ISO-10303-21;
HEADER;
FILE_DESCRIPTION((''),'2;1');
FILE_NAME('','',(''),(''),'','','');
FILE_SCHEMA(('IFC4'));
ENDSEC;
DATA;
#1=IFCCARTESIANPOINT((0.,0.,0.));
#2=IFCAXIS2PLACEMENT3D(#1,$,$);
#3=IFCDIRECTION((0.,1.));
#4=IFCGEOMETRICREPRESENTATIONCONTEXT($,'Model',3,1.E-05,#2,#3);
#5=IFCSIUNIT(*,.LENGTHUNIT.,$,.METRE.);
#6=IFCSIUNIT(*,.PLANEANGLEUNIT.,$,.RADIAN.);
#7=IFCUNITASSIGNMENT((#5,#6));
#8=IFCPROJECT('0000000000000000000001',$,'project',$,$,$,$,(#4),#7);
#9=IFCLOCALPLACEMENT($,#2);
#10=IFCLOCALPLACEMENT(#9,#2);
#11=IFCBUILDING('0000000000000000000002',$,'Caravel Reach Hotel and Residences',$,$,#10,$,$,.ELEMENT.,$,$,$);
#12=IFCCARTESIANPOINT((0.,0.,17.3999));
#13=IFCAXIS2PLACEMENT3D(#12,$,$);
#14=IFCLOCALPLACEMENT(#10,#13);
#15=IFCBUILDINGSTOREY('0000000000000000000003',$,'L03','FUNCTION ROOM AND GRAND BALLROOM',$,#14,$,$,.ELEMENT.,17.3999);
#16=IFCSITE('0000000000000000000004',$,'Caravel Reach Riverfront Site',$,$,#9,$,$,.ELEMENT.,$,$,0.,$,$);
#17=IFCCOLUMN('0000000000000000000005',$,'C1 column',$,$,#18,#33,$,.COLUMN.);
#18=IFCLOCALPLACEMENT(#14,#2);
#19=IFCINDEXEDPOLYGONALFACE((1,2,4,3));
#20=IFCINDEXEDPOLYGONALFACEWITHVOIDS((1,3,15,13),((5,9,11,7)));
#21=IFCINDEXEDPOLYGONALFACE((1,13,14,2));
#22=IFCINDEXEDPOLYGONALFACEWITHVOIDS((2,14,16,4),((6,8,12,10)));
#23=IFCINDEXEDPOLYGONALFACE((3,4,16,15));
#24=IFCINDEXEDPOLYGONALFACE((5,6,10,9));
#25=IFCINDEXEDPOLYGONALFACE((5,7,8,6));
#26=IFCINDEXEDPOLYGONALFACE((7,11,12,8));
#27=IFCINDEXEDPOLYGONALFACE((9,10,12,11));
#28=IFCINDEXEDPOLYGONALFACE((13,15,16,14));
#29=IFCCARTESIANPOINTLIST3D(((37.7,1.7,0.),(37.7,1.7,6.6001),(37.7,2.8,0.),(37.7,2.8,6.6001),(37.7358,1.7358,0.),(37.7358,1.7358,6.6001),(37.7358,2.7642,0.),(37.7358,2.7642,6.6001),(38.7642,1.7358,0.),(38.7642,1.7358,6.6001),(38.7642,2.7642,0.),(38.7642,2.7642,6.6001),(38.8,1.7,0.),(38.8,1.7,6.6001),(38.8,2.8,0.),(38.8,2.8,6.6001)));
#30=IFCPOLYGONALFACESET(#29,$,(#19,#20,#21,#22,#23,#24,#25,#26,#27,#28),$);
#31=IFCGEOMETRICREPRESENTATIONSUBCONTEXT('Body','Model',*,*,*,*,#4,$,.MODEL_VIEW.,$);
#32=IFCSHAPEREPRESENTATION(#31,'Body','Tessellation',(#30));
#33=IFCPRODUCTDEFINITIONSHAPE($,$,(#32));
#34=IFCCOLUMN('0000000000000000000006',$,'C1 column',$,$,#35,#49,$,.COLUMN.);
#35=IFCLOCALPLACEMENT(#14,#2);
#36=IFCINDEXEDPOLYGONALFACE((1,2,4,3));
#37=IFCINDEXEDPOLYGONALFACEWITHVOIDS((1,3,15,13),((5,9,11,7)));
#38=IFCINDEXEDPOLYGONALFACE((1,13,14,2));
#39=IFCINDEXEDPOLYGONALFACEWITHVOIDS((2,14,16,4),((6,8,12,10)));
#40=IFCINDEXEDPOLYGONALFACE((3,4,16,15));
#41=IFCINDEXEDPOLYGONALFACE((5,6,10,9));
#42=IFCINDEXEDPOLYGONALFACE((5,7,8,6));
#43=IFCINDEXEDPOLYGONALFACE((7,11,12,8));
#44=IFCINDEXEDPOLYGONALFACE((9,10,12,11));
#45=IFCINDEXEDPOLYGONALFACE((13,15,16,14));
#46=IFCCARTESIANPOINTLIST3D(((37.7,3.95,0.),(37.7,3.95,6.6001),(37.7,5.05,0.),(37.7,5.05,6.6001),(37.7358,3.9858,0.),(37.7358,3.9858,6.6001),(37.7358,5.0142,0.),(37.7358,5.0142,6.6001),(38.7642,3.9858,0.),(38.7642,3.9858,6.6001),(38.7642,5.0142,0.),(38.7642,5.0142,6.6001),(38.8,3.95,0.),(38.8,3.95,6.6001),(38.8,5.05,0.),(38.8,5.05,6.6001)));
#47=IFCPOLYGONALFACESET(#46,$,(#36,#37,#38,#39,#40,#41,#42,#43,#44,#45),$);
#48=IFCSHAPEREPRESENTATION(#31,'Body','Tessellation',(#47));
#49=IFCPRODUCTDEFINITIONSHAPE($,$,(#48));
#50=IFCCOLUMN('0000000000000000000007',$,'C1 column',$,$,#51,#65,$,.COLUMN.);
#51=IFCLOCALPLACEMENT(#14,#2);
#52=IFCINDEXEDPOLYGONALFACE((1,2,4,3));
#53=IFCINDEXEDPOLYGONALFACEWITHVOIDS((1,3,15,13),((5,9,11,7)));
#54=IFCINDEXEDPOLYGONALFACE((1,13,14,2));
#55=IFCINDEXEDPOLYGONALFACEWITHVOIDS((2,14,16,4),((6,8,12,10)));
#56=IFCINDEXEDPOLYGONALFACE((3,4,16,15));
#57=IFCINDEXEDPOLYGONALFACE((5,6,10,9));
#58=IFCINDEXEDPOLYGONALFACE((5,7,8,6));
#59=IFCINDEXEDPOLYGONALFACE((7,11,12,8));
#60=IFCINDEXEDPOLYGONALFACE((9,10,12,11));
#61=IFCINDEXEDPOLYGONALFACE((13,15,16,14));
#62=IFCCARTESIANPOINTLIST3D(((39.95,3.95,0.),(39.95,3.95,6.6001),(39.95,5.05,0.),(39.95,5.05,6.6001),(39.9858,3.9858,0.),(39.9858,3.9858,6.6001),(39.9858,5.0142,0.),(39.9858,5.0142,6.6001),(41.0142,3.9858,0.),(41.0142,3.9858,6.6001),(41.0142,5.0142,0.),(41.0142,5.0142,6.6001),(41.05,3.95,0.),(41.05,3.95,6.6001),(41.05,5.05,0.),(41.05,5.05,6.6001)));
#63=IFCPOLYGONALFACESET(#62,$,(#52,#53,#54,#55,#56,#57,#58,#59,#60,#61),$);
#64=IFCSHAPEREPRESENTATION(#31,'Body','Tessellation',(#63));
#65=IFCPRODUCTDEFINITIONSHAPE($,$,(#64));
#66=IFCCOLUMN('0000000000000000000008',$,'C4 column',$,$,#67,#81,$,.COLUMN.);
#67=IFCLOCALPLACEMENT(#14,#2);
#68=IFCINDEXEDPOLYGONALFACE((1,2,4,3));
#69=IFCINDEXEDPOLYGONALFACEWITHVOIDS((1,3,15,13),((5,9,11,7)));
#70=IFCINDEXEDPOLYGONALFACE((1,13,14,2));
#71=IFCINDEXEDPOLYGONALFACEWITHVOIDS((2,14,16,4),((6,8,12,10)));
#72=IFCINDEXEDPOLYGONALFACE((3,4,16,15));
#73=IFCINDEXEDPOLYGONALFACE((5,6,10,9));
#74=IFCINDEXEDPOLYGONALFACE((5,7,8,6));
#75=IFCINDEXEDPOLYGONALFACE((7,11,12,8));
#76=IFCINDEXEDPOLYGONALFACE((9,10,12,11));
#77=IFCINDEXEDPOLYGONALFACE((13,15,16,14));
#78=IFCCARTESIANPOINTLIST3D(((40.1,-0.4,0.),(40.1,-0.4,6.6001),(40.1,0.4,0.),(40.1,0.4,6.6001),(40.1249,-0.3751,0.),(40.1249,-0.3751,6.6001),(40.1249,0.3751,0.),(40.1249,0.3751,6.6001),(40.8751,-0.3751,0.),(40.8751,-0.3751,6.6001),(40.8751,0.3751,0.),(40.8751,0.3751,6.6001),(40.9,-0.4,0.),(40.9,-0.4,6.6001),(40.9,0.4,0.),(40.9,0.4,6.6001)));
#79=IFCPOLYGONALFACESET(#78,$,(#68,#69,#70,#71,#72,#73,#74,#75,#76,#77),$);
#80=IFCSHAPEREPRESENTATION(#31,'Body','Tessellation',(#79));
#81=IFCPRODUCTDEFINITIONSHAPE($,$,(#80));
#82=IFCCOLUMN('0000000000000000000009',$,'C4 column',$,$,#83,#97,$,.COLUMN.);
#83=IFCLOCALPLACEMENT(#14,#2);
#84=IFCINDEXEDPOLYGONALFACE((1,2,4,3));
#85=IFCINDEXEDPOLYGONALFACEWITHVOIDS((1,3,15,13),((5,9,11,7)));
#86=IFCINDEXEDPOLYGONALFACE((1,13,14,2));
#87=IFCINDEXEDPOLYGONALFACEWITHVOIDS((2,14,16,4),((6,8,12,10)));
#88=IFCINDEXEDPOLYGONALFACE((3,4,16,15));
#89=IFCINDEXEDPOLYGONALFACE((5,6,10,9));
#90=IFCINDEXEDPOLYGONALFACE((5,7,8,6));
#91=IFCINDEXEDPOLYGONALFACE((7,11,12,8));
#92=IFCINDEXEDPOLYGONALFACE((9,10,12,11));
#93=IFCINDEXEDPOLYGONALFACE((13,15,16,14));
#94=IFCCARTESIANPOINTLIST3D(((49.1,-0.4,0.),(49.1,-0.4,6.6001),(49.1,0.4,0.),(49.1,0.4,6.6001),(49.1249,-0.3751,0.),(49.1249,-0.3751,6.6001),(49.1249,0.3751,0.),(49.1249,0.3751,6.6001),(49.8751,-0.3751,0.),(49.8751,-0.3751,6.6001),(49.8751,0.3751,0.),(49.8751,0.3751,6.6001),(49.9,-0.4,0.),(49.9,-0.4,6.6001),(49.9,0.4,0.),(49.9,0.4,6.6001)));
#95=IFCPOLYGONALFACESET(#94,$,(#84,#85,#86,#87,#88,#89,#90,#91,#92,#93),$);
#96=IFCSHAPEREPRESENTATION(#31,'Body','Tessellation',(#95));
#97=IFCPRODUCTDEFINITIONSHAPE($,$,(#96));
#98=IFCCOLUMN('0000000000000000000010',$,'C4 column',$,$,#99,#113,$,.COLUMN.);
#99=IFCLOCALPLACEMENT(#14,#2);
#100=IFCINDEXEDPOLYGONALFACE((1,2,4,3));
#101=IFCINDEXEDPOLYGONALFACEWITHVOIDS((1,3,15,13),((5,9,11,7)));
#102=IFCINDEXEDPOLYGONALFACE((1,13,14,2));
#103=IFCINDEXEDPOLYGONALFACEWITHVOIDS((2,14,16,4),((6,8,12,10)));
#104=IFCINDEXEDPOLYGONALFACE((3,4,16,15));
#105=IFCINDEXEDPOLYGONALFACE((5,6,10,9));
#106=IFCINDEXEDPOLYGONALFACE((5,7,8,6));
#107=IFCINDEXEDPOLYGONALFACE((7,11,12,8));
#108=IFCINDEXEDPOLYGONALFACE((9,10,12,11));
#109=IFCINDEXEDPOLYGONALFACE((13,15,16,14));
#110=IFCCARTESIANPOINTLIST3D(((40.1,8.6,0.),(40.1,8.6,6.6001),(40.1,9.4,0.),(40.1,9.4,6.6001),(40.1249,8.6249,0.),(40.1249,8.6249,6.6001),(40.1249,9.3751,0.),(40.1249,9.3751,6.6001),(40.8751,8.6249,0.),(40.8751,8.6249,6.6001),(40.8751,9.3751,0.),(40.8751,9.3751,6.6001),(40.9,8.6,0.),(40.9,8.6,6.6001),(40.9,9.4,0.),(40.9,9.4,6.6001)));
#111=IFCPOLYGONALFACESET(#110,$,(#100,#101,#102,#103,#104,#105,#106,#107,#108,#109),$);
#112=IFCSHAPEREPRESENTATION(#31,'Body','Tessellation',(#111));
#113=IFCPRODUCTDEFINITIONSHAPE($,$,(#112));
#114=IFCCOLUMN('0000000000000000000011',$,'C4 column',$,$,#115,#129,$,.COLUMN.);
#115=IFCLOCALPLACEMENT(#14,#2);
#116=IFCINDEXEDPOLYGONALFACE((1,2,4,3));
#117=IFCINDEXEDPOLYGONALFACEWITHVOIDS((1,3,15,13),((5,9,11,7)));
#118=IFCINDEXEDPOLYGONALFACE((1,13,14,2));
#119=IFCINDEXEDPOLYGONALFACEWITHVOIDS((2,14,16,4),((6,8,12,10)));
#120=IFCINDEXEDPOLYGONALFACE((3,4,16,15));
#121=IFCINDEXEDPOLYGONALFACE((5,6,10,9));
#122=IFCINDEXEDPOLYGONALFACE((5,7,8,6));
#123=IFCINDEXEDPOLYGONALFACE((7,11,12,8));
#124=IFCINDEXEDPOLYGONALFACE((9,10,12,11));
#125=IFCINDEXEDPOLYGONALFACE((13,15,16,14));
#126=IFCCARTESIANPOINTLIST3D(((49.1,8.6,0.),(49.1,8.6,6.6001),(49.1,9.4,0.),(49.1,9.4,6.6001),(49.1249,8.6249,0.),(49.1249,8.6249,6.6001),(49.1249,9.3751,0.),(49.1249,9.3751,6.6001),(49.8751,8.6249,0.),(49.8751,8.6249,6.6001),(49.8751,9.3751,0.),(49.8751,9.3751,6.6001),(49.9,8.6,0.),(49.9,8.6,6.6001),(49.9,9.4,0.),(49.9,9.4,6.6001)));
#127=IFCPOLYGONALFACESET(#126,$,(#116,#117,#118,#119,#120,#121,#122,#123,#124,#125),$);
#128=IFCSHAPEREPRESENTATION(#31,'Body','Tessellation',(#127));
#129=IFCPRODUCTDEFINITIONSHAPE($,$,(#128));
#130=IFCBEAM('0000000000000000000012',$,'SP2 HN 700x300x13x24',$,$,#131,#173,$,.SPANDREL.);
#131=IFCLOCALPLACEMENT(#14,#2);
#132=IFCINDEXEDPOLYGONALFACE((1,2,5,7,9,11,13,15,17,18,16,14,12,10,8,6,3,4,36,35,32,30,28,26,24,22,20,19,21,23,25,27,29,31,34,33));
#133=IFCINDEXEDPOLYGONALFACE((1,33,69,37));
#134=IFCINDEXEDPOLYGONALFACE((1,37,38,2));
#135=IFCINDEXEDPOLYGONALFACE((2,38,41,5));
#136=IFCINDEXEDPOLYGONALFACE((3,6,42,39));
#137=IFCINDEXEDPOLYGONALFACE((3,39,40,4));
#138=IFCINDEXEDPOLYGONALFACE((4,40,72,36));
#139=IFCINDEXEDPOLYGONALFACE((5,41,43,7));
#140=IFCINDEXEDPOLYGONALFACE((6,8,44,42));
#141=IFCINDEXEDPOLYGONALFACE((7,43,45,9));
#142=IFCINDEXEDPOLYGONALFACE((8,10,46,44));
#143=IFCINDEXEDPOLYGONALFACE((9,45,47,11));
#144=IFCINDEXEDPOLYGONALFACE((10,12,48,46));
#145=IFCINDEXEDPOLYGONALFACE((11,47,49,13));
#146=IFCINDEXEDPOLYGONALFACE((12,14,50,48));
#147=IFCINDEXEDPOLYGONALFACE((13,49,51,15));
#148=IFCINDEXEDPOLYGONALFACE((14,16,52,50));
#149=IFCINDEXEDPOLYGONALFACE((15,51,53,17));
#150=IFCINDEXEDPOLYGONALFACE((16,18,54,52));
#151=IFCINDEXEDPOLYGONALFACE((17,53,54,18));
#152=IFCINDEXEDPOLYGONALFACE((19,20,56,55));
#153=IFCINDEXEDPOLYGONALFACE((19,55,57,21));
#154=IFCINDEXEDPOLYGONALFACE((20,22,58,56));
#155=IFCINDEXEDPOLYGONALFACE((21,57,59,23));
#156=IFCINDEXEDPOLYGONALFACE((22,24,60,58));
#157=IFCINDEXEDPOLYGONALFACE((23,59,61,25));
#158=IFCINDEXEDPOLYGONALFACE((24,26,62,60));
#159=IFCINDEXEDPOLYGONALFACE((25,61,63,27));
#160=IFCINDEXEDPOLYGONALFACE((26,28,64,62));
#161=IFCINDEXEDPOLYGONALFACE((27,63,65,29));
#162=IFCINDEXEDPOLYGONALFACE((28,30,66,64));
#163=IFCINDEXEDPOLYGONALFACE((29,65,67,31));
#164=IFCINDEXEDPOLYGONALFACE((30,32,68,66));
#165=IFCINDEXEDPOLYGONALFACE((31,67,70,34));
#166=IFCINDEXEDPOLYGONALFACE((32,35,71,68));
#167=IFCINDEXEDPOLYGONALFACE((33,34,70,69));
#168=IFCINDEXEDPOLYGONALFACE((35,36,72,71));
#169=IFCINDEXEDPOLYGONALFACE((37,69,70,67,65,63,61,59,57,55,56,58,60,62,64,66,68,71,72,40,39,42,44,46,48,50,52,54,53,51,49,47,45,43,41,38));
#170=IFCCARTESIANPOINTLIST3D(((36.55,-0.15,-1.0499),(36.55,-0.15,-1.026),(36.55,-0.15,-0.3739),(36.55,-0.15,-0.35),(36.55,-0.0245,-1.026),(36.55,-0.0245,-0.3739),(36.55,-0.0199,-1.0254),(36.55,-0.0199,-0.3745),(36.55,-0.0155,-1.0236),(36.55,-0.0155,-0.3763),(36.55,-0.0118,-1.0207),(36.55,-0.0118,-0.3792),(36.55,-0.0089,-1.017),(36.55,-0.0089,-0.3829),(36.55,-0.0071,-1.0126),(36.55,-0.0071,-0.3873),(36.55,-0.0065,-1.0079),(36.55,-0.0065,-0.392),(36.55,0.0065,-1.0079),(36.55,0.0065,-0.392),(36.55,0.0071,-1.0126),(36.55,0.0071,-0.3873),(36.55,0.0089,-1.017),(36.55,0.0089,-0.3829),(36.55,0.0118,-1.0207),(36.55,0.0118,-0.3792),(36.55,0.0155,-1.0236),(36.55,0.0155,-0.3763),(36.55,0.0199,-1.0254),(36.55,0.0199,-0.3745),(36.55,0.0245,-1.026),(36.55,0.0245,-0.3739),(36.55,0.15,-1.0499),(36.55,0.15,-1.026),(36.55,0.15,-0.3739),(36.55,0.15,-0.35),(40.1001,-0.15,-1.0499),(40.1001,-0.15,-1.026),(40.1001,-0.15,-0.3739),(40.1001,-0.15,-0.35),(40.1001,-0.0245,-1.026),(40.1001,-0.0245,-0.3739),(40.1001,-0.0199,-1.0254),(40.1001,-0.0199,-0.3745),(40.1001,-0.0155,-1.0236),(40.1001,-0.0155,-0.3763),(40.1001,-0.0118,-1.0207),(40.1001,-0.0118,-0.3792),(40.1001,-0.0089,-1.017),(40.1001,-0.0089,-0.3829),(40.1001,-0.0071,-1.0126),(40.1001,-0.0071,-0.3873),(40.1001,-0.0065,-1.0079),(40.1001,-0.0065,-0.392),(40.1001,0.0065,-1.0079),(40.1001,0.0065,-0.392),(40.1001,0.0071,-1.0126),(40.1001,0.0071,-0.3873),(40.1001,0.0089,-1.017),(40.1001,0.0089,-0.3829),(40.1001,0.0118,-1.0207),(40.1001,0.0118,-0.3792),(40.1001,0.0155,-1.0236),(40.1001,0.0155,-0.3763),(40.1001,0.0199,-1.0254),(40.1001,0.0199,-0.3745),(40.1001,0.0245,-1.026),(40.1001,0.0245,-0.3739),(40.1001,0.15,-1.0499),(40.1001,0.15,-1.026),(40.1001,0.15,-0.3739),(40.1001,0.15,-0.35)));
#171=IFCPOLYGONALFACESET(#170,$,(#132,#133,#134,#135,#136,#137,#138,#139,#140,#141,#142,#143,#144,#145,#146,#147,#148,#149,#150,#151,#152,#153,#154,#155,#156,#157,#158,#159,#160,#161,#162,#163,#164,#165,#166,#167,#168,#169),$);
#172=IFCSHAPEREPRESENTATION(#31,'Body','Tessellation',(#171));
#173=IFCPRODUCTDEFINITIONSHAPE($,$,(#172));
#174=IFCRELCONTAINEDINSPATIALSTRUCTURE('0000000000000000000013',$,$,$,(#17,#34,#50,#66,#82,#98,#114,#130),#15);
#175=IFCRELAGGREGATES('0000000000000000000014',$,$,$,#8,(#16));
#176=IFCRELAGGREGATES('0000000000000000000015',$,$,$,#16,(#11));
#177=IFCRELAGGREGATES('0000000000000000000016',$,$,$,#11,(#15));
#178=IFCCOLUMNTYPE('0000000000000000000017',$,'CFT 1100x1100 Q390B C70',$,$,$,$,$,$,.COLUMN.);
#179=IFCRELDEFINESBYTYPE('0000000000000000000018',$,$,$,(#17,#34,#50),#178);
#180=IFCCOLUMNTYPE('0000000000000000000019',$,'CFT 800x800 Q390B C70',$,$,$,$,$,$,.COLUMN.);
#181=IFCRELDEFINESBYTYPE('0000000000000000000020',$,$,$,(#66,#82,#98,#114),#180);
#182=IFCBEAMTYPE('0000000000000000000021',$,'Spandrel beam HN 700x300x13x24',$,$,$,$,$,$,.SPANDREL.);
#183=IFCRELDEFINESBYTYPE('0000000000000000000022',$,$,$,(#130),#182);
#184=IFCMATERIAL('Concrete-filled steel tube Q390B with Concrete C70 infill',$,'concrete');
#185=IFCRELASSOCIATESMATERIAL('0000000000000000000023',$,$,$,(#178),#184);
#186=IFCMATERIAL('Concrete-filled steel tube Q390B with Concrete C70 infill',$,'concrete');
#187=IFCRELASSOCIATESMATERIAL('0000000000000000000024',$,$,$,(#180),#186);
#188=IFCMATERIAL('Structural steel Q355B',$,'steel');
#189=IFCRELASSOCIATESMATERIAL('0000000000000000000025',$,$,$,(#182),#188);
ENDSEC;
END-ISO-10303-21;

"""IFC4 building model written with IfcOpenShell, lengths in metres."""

from ifc_helpers import new_model, si_unit, direction, frame, origin, origin_2d, place, context, subcontext, project, spatial, hollow_rectangle, i_section, extrude, material, material_profile, profile_set, type_object, element, save


model = new_model("IFC4")

# Units and contexts
model_context = context("Model", 3, precision=1e-05, world=origin(), true_north=direction((0.0, 1.0)))
body_context = subcontext(model_context, "Body", "Model", "MODEL_VIEW")
ifc_project = project(units=[si_unit("LENGTHUNIT", "METRE"), si_unit("PLANEANGLEUNIT", "RADIAN")], contexts=[model_context])

# Site, building, storey
site_placement = place(None, origin())
site = spatial("IfcSite", under=ifc_project, at=site_placement, Name="Caravel Reach Riverfront Site", CompositionType="ELEMENT", RefElevation=0.0)
building_placement = place(site_placement, origin())
building = spatial("IfcBuilding", under=site, at=building_placement, Name="Caravel Reach Hotel and Residences", CompositionType="ELEMENT")
storey_placement = place(building_placement, frame((0.0, 0.0, 17.3999)))
storey = spatial("IfcBuildingStorey", under=building, at=storey_placement, Name="L03", Description="FUNCTION ROOM AND GRAND BALLROOM", CompositionType="ELEMENT", Elevation=17.3999)

# Columns
ifc_material_1 = material(Name="Concrete-filled steel tube Q390B with Concrete C70 infill", Category="concrete")
ifc_material_profile_1 = material_profile(ifc_material_1, hollow_rectangle(XDim=1.1001, YDim=1.1001, WallThickness=0.0359, at=origin_2d()), Name="RHS 1100x1100x36")
ifc_profile_set_1 = profile_set([ifc_material_profile_1], Name="Concrete-filled steel tube Q390B with Concrete C70 infill")
column_type_1 = type_object("IfcColumnType", Name="CFT 1100x1100 Q390B C70", PredefinedType="COLUMN", material=ifc_profile_set_1)
for number, where, z_axis, x_axis, name in (
    (1, (38.25, 2.25, 0.0), (0.0, 0.0, 1.0), (1.0, 0.0, 0.0), "C1 column"),
    (2, (38.25, 4.5, 0.0), (0.0, 0.0, 1.0), (1.0, 0.0, 0.0), "C1 column"),
    (3, (40.5, 4.5, 0.0), (0.0, 0.0, 1.0), (1.0, 0.0, 0.0), "C1 column"),
):
    element("IfcColumn", number, at=place(storey_placement, frame(where, z_axis=z_axis, x_axis=x_axis)), inside=storey, type_object=column_type_1, Name=name, PredefinedType="COLUMN", context=body_context, shape_type="SweptSolid", body=[
        extrude(hollow_rectangle(XDim=1.1001, YDim=1.1001, WallThickness=0.0359, at=origin_2d()), origin(), (0.0, 0.0, 1.0), 6.6001),
    ])
ifc_material_2 = material(Name="Concrete-filled steel tube Q390B with Concrete C70 infill", Category="concrete")
ifc_material_profile_2 = material_profile(ifc_material_2, hollow_rectangle(XDim=0.8, YDim=0.8, WallThickness=0.0249, at=origin_2d()), Name="RHS 800x800x25")
ifc_profile_set_2 = profile_set([ifc_material_profile_2], Name="Concrete-filled steel tube Q390B with Concrete C70 infill")
column_type_2 = type_object("IfcColumnType", Name="CFT 800x800 Q390B C70", PredefinedType="COLUMN", material=ifc_profile_set_2)
for number, where, z_axis, x_axis, name in (
    (4, (40.5, 0.0, 0.0), (0.0, 0.0, 1.0), (1.0, 0.0, 0.0), "C4 column"),
    (5, (49.5, 0.0, 0.0), (0.0, 0.0, 1.0), (1.0, 0.0, 0.0), "C4 column"),
    (6, (40.5, 9.0, 0.0), (0.0, 0.0, 1.0), (1.0, 0.0, 0.0), "C4 column"),
    (7, (49.5, 9.0, 0.0), (0.0, 0.0, 1.0), (1.0, 0.0, 0.0), "C4 column"),
):
    element("IfcColumn", number, at=place(storey_placement, frame(where, z_axis=z_axis, x_axis=x_axis)), inside=storey, type_object=column_type_2, Name=name, PredefinedType="COLUMN", context=body_context, shape_type="SweptSolid", body=[
        extrude(hollow_rectangle(XDim=0.8, YDim=0.8, WallThickness=0.0249, at=origin_2d()), origin(), (0.0, 0.0, 1.0), 6.6001),
    ])

# Beam
ifc_material_3 = material(Name="Structural steel Q355B", Category="steel")
ifc_material_profile_3 = material_profile(ifc_material_3, i_section(OverallWidth=0.3, OverallDepth=0.7, WebThickness=0.0129, FlangeThickness=0.0239, FilletRadius=0.0181, at=origin_2d()), Name="HN 700x300x13x24")
ifc_profile_set_3 = profile_set([ifc_material_profile_3], Name="Structural steel Q355B")
beam_type = type_object("IfcBeamType", Name="Spandrel beam HN 700x300x13x24", PredefinedType="SPANDREL", material=ifc_profile_set_3)
beam_placement = place(storey_placement, frame((36.55, 0.0, -0.7), z_axis=(1.0, 0.0, 0.0), x_axis=(0.0, 1.0, 0.0)))
element("IfcBeam", 8, at=beam_placement, inside=storey, type_object=beam_type, Name="SP2 HN 700x300x13x24", PredefinedType="SPANDREL", context=body_context, shape_type="SweptSolid", body=[
    extrude(i_section(OverallWidth=0.3, OverallDepth=0.7, WebThickness=0.0129, FlangeThickness=0.0239, FilletRadius=0.0181, at=origin_2d()), origin(), (0.0, 0.0, 1.0), 3.55),
])

save(model, "model.ifc")
